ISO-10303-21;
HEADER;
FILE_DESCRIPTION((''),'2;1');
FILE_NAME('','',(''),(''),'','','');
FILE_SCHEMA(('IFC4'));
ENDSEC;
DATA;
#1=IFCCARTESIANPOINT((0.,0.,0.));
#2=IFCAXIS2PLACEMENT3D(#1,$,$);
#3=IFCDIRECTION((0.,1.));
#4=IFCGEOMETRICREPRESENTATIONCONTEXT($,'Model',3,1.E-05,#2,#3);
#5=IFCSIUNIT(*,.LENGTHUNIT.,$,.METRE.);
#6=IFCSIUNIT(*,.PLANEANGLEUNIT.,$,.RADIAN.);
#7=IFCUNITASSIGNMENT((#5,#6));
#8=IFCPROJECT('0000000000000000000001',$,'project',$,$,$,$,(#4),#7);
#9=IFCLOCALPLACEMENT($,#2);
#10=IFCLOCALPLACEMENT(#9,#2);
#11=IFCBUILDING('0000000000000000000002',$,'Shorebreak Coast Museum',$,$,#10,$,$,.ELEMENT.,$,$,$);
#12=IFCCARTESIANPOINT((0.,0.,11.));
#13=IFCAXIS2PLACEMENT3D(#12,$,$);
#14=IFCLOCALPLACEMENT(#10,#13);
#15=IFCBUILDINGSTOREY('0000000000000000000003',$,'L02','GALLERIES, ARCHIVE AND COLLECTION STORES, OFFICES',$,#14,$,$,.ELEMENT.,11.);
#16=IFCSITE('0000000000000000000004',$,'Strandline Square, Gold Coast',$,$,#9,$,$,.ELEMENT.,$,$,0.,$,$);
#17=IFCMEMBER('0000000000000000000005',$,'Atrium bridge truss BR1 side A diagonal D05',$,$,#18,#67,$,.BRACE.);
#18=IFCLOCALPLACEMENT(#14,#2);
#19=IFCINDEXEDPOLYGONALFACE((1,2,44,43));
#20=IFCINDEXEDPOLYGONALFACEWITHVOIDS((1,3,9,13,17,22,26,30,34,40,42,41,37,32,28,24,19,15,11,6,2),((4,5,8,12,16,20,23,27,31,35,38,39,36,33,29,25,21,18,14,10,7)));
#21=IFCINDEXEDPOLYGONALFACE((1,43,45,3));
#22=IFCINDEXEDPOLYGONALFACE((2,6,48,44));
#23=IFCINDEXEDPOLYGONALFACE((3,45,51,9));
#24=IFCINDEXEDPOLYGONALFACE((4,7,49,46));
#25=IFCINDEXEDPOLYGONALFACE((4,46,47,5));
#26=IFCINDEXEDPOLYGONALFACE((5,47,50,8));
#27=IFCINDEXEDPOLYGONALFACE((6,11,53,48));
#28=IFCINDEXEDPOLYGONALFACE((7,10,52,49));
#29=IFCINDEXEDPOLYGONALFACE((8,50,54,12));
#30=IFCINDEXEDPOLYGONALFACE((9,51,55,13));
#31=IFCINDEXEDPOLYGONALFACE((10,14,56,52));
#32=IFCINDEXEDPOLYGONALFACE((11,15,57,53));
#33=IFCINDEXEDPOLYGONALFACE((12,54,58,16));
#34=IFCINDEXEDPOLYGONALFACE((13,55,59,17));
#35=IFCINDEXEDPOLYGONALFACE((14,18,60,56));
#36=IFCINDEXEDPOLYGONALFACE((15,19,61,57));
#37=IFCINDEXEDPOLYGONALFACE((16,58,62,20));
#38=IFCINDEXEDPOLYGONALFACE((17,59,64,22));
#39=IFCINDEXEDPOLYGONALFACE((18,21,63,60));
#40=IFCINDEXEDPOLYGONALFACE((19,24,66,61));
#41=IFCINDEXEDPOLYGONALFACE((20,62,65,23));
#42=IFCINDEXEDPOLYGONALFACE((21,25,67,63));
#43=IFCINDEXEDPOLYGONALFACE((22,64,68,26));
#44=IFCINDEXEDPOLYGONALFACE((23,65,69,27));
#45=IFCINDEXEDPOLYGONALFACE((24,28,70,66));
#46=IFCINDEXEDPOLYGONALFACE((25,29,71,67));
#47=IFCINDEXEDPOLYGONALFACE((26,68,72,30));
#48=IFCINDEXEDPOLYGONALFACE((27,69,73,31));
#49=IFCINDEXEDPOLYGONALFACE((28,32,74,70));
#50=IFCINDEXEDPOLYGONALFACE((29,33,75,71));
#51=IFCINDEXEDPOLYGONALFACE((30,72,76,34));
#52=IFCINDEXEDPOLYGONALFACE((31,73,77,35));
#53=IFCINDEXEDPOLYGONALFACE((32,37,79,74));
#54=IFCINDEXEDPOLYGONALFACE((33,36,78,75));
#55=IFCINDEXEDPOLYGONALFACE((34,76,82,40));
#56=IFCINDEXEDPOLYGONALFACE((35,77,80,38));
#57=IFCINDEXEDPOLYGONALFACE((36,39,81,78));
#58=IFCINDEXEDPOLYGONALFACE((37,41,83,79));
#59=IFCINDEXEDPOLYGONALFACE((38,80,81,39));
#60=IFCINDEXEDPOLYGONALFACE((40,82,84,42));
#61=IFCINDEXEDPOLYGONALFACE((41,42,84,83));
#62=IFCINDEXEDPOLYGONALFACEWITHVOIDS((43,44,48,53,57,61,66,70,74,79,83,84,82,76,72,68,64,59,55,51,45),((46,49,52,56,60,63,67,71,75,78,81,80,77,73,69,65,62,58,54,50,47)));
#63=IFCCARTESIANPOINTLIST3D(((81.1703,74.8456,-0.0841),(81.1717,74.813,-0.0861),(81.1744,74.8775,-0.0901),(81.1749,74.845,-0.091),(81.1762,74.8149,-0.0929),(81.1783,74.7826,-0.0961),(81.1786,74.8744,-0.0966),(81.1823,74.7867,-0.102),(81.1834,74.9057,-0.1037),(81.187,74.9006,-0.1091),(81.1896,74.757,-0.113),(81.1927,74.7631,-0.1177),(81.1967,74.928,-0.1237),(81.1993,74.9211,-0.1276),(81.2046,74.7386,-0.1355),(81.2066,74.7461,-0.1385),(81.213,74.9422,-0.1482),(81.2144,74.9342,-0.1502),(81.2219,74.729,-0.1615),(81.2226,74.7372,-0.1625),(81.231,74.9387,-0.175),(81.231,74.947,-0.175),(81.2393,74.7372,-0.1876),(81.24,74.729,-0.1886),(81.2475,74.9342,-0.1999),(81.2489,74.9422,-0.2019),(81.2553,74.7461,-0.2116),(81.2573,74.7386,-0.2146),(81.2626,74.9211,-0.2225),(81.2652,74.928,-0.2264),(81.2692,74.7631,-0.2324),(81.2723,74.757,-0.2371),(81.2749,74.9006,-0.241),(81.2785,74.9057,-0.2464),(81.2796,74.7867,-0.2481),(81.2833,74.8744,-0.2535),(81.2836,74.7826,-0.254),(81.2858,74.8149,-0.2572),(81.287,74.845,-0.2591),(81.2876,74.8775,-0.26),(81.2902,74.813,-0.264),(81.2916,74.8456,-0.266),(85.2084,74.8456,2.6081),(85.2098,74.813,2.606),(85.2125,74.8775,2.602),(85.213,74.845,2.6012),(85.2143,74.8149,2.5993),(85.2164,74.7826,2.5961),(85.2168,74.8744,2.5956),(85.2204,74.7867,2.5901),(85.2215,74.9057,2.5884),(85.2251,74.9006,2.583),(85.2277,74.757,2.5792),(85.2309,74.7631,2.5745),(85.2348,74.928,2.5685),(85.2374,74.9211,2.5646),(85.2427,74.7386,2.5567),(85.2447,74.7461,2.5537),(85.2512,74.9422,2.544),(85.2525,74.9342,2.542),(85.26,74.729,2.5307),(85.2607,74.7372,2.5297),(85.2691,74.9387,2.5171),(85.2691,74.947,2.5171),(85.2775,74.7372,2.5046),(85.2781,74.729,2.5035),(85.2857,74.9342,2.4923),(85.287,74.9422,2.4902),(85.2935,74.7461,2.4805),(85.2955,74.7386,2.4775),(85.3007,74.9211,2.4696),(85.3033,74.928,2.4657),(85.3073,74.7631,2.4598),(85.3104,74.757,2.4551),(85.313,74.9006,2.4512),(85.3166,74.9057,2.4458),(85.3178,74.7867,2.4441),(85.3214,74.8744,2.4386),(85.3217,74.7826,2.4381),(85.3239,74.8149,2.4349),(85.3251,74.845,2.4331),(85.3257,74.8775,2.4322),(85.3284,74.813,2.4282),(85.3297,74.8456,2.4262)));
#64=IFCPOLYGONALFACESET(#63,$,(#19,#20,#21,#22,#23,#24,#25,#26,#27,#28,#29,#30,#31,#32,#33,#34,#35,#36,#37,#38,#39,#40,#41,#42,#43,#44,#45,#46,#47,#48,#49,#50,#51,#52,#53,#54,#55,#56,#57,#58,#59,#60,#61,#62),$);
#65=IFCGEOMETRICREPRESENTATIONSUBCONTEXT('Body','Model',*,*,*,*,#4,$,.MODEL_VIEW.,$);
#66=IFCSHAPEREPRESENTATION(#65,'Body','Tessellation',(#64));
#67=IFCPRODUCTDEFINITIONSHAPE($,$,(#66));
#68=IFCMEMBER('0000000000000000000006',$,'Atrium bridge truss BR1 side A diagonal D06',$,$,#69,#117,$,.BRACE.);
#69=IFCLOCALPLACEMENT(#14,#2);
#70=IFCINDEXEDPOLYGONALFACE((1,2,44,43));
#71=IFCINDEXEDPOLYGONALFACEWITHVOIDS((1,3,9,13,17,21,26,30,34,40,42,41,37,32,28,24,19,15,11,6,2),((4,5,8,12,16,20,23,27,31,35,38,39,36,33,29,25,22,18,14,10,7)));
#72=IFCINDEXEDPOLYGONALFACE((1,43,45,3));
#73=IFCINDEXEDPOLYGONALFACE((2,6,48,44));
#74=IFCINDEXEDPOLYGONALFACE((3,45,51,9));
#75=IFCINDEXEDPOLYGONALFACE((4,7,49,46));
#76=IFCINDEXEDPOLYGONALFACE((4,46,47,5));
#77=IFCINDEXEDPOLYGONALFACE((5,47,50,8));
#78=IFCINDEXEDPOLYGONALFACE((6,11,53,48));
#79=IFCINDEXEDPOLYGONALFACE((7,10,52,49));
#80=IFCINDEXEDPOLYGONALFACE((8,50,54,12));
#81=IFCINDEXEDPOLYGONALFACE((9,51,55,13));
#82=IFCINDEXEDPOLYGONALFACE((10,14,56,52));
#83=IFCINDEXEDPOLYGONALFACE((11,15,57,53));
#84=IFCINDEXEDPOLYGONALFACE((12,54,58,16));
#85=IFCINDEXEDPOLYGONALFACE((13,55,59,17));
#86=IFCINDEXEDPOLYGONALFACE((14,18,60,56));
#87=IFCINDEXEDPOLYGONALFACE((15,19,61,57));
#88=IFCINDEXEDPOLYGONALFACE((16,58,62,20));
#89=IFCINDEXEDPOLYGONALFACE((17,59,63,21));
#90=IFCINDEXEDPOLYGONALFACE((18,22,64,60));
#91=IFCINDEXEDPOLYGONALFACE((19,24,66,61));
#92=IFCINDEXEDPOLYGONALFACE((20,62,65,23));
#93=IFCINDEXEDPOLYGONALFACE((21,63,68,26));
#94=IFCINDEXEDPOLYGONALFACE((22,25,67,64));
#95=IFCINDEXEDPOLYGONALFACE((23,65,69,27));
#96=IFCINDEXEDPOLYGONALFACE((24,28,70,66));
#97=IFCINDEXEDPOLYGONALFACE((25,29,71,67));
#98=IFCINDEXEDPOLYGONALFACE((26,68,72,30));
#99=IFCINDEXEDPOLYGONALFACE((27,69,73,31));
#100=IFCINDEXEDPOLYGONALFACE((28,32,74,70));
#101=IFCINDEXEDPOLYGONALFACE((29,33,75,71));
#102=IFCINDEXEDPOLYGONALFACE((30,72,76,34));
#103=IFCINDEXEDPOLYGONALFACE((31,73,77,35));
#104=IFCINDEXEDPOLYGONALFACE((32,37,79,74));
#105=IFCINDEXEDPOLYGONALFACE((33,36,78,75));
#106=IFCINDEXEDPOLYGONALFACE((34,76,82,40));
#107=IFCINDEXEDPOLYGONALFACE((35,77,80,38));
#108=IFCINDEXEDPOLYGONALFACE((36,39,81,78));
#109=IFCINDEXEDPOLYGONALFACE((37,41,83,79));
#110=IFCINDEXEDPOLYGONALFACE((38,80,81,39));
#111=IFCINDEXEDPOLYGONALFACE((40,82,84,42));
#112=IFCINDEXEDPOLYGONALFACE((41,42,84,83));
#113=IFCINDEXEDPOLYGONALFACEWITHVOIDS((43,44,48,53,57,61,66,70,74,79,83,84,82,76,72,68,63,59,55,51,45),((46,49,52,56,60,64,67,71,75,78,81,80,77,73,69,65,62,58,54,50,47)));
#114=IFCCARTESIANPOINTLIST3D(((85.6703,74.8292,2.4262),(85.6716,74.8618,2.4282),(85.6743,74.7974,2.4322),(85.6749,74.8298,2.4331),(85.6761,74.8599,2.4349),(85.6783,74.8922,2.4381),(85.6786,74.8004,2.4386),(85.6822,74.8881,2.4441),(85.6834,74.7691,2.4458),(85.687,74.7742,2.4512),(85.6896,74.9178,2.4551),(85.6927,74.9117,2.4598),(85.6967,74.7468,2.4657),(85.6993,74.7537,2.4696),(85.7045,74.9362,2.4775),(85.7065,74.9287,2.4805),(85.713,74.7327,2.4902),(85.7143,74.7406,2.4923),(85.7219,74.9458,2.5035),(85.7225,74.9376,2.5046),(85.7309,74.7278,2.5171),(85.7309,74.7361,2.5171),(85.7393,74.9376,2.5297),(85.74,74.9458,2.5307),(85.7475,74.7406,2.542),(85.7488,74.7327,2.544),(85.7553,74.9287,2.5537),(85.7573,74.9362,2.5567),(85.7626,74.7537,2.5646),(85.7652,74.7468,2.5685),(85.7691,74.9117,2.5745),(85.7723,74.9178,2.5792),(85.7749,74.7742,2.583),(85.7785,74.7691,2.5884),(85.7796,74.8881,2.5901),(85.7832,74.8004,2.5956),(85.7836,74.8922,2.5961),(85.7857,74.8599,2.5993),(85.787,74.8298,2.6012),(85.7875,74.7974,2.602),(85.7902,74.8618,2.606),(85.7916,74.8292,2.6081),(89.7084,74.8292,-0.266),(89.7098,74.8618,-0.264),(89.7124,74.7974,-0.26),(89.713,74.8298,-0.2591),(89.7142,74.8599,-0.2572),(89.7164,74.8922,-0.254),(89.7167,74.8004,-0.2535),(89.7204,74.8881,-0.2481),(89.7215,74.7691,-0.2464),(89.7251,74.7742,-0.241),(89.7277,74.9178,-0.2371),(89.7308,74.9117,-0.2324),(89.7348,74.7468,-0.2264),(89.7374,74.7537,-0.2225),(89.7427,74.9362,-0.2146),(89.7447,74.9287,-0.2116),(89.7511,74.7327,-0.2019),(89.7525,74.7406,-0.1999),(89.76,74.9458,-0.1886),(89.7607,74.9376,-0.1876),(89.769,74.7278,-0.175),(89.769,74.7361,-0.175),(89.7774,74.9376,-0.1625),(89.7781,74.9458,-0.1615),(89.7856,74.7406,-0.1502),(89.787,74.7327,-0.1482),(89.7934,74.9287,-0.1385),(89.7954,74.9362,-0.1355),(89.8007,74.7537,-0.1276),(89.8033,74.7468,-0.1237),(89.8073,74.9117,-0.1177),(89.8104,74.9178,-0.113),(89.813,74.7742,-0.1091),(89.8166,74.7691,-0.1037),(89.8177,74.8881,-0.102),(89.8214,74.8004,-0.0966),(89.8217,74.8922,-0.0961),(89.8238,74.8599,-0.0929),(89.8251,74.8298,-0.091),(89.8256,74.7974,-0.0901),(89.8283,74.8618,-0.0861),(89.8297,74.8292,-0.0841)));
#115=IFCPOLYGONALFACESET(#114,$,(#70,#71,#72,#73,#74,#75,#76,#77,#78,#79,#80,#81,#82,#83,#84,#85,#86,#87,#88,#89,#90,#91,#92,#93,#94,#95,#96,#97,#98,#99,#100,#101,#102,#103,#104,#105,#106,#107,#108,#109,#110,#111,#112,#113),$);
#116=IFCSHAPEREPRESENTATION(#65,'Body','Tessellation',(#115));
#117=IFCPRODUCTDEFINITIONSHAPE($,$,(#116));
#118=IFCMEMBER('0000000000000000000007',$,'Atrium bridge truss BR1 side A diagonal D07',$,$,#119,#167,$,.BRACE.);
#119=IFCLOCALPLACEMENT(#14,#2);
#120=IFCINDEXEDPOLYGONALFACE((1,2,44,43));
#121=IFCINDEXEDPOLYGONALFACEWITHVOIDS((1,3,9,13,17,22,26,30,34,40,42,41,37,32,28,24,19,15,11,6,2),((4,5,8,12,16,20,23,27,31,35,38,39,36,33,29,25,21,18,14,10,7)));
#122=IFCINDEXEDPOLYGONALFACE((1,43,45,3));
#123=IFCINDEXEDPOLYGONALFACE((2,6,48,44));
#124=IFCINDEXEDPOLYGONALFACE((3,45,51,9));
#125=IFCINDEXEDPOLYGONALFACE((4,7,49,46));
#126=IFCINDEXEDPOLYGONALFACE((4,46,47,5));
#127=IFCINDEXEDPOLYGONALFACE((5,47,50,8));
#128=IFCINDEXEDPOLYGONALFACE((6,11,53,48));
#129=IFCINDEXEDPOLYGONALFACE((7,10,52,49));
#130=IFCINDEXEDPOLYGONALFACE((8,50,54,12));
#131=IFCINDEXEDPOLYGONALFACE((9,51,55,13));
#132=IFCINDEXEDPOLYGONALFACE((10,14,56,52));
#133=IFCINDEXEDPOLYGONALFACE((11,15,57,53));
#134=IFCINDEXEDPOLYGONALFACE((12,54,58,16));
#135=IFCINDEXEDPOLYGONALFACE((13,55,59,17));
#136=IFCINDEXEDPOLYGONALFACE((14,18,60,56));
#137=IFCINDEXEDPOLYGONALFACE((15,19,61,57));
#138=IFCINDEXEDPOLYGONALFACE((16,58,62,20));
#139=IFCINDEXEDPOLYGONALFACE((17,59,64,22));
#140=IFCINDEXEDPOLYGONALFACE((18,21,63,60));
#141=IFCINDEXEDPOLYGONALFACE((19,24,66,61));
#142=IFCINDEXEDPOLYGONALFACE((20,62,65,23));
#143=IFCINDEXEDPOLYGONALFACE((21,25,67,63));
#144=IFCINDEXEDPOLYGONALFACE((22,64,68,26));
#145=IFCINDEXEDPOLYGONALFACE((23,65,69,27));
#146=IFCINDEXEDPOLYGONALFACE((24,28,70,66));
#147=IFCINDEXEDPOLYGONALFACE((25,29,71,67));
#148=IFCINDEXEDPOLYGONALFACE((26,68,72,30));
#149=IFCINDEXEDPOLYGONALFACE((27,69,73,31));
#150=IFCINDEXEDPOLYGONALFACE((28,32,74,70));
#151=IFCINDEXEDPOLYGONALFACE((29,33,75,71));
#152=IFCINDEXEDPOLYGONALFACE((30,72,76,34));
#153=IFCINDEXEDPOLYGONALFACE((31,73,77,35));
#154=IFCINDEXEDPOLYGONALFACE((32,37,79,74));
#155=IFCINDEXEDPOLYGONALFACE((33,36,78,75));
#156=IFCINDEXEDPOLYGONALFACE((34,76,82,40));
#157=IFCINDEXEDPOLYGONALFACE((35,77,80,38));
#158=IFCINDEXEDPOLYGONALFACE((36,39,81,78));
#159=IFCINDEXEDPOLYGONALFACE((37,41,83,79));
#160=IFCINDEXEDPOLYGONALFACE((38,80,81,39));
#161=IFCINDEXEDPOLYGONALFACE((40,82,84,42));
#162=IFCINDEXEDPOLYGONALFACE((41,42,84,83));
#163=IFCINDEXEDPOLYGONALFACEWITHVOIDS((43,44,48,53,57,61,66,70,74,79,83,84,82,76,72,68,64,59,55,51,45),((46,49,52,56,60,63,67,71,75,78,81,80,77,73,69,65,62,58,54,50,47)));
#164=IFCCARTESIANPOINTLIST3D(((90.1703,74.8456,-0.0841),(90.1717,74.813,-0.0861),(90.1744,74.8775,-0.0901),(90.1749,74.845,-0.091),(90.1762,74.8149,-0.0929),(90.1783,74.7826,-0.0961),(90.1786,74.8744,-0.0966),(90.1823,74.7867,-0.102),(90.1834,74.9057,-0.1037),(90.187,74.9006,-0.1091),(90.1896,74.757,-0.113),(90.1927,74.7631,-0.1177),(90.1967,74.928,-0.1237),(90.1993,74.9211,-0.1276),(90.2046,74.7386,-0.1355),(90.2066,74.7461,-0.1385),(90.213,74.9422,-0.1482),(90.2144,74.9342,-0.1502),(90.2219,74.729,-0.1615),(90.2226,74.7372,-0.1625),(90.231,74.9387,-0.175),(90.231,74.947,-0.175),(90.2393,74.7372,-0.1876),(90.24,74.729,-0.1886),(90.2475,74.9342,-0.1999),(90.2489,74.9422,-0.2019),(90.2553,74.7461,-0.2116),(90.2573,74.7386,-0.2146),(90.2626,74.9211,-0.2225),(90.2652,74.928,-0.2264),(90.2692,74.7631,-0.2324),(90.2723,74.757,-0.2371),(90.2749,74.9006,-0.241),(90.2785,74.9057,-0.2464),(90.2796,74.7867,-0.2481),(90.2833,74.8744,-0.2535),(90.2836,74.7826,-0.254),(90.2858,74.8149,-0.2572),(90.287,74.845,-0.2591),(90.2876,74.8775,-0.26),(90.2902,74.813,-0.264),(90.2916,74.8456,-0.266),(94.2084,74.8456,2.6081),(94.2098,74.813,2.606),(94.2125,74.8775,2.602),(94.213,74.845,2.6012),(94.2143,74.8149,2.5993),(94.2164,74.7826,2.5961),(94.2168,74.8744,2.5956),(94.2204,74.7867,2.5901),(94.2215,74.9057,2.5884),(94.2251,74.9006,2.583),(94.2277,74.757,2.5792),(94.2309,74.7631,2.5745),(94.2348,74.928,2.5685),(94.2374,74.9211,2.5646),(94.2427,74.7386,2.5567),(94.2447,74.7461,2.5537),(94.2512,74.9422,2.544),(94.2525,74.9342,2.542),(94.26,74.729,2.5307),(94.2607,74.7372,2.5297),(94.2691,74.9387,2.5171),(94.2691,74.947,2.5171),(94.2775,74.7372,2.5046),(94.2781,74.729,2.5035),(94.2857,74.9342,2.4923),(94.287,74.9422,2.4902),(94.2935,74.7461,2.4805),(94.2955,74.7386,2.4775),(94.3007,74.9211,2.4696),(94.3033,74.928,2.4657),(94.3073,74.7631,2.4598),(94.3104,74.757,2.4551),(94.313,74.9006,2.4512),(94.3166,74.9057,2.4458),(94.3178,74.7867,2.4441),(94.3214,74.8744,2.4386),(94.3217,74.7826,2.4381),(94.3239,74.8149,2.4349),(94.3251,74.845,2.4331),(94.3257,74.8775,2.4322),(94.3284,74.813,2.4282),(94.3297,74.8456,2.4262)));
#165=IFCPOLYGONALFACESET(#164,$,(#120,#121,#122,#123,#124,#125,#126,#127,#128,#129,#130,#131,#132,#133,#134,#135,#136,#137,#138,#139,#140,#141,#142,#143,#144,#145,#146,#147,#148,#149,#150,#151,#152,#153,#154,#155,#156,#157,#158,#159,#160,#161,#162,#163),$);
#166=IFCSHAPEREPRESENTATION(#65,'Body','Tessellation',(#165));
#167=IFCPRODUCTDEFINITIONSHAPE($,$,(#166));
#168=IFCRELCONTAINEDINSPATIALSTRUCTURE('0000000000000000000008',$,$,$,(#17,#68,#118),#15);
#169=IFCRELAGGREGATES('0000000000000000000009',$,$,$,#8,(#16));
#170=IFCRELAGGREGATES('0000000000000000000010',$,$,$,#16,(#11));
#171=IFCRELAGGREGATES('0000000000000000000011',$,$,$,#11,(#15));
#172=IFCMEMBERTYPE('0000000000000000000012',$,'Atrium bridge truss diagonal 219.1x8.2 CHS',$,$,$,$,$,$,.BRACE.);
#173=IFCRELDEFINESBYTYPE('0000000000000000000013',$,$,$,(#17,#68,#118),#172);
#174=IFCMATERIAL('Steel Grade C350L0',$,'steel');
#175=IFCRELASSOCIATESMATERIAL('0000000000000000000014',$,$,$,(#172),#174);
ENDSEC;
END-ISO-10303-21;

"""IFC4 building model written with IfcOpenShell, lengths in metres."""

from ifc_helpers import new_model, si_unit, direction, frame, origin, origin_2d, place, context, subcontext, project, spatial, hollow_circle, extrude, material, material_profile, profile_set, type_object, element, save


model = new_model("IFC4")

# Units and contexts
model_context = context("Model", 3, precision=1e-05, world=origin(), true_north=direction((0.0, 1.0)))
body_context = subcontext(model_context, "Body", "Model", "MODEL_VIEW")
ifc_project = project(units=[si_unit("LENGTHUNIT", "METRE"), si_unit("PLANEANGLEUNIT", "RADIAN")], contexts=[model_context])

# Site, building, storey
site_placement = place(None, origin())
site = spatial("IfcSite", under=ifc_project, at=site_placement, Name="Strandline Square, Gold Coast", CompositionType="ELEMENT", RefElevation=0.0)
building_placement = place(site_placement, origin())
building = spatial("IfcBuilding", under=site, at=building_placement, Name="Shorebreak Coast Museum", CompositionType="ELEMENT")
storey_placement = place(building_placement, frame((0.0, 0.0, 11.0)))
storey = spatial("IfcBuildingStorey", under=building, at=storey_placement, Name="L02", Description="GALLERIES, ARCHIVE AND COLLECTION STORES, OFFICES", CompositionType="ELEMENT", Elevation=11.0)

# Members
ifc_material_1 = material(Name="Steel Grade C350L0", Category="steel")
ifc_material_profile_1 = material_profile(ifc_material_1, hollow_circle(Radius=0.1096, WallThickness=0.0083, at=origin_2d()), Name="219.1x8.2 CHS")
ifc_profile_set_1 = profile_set([ifc_material_profile_1], Name="Steel Grade C350L0")
member_type_1 = type_object("IfcMemberType", Name="Atrium bridge truss diagonal 219.1x8.2 CHS", PredefinedType="BRACE", material=ifc_profile_set_1)
for number, where, z_axis, x_axis, name in (
    (1, (81.231, 74.8374, -0.175), (0.832043, 0.0, 0.554712), (0.0, 1.0, 0.0), "Atrium bridge truss BR1 side A diagonal D05"),
    (2, (89.769, 74.8374, -0.175), (-0.832043, 0.0, 0.554712), (0.0, -1.0, 0.0), "Atrium bridge truss BR1 side A diagonal D06"),
    (3, (90.231, 74.8374, -0.175), (0.832043, 0.0, 0.554712), (0.0, 1.0, 0.0), "Atrium bridge truss BR1 side A diagonal D07"),
):
    element("IfcMember", number, at=place(storey_placement, frame(where, z_axis=z_axis, x_axis=x_axis)), inside=storey, type_object=member_type_1, Name=name, PredefinedType="BRACE", context=body_context, shape_type="SweptSolid", body=[
        extrude(hollow_circle(Radius=0.1096, WallThickness=0.0083, at=origin_2d()), origin(), (0.0, 0.0, 1.0), 4.8533),
    ])

save(model, "model.ifc")
